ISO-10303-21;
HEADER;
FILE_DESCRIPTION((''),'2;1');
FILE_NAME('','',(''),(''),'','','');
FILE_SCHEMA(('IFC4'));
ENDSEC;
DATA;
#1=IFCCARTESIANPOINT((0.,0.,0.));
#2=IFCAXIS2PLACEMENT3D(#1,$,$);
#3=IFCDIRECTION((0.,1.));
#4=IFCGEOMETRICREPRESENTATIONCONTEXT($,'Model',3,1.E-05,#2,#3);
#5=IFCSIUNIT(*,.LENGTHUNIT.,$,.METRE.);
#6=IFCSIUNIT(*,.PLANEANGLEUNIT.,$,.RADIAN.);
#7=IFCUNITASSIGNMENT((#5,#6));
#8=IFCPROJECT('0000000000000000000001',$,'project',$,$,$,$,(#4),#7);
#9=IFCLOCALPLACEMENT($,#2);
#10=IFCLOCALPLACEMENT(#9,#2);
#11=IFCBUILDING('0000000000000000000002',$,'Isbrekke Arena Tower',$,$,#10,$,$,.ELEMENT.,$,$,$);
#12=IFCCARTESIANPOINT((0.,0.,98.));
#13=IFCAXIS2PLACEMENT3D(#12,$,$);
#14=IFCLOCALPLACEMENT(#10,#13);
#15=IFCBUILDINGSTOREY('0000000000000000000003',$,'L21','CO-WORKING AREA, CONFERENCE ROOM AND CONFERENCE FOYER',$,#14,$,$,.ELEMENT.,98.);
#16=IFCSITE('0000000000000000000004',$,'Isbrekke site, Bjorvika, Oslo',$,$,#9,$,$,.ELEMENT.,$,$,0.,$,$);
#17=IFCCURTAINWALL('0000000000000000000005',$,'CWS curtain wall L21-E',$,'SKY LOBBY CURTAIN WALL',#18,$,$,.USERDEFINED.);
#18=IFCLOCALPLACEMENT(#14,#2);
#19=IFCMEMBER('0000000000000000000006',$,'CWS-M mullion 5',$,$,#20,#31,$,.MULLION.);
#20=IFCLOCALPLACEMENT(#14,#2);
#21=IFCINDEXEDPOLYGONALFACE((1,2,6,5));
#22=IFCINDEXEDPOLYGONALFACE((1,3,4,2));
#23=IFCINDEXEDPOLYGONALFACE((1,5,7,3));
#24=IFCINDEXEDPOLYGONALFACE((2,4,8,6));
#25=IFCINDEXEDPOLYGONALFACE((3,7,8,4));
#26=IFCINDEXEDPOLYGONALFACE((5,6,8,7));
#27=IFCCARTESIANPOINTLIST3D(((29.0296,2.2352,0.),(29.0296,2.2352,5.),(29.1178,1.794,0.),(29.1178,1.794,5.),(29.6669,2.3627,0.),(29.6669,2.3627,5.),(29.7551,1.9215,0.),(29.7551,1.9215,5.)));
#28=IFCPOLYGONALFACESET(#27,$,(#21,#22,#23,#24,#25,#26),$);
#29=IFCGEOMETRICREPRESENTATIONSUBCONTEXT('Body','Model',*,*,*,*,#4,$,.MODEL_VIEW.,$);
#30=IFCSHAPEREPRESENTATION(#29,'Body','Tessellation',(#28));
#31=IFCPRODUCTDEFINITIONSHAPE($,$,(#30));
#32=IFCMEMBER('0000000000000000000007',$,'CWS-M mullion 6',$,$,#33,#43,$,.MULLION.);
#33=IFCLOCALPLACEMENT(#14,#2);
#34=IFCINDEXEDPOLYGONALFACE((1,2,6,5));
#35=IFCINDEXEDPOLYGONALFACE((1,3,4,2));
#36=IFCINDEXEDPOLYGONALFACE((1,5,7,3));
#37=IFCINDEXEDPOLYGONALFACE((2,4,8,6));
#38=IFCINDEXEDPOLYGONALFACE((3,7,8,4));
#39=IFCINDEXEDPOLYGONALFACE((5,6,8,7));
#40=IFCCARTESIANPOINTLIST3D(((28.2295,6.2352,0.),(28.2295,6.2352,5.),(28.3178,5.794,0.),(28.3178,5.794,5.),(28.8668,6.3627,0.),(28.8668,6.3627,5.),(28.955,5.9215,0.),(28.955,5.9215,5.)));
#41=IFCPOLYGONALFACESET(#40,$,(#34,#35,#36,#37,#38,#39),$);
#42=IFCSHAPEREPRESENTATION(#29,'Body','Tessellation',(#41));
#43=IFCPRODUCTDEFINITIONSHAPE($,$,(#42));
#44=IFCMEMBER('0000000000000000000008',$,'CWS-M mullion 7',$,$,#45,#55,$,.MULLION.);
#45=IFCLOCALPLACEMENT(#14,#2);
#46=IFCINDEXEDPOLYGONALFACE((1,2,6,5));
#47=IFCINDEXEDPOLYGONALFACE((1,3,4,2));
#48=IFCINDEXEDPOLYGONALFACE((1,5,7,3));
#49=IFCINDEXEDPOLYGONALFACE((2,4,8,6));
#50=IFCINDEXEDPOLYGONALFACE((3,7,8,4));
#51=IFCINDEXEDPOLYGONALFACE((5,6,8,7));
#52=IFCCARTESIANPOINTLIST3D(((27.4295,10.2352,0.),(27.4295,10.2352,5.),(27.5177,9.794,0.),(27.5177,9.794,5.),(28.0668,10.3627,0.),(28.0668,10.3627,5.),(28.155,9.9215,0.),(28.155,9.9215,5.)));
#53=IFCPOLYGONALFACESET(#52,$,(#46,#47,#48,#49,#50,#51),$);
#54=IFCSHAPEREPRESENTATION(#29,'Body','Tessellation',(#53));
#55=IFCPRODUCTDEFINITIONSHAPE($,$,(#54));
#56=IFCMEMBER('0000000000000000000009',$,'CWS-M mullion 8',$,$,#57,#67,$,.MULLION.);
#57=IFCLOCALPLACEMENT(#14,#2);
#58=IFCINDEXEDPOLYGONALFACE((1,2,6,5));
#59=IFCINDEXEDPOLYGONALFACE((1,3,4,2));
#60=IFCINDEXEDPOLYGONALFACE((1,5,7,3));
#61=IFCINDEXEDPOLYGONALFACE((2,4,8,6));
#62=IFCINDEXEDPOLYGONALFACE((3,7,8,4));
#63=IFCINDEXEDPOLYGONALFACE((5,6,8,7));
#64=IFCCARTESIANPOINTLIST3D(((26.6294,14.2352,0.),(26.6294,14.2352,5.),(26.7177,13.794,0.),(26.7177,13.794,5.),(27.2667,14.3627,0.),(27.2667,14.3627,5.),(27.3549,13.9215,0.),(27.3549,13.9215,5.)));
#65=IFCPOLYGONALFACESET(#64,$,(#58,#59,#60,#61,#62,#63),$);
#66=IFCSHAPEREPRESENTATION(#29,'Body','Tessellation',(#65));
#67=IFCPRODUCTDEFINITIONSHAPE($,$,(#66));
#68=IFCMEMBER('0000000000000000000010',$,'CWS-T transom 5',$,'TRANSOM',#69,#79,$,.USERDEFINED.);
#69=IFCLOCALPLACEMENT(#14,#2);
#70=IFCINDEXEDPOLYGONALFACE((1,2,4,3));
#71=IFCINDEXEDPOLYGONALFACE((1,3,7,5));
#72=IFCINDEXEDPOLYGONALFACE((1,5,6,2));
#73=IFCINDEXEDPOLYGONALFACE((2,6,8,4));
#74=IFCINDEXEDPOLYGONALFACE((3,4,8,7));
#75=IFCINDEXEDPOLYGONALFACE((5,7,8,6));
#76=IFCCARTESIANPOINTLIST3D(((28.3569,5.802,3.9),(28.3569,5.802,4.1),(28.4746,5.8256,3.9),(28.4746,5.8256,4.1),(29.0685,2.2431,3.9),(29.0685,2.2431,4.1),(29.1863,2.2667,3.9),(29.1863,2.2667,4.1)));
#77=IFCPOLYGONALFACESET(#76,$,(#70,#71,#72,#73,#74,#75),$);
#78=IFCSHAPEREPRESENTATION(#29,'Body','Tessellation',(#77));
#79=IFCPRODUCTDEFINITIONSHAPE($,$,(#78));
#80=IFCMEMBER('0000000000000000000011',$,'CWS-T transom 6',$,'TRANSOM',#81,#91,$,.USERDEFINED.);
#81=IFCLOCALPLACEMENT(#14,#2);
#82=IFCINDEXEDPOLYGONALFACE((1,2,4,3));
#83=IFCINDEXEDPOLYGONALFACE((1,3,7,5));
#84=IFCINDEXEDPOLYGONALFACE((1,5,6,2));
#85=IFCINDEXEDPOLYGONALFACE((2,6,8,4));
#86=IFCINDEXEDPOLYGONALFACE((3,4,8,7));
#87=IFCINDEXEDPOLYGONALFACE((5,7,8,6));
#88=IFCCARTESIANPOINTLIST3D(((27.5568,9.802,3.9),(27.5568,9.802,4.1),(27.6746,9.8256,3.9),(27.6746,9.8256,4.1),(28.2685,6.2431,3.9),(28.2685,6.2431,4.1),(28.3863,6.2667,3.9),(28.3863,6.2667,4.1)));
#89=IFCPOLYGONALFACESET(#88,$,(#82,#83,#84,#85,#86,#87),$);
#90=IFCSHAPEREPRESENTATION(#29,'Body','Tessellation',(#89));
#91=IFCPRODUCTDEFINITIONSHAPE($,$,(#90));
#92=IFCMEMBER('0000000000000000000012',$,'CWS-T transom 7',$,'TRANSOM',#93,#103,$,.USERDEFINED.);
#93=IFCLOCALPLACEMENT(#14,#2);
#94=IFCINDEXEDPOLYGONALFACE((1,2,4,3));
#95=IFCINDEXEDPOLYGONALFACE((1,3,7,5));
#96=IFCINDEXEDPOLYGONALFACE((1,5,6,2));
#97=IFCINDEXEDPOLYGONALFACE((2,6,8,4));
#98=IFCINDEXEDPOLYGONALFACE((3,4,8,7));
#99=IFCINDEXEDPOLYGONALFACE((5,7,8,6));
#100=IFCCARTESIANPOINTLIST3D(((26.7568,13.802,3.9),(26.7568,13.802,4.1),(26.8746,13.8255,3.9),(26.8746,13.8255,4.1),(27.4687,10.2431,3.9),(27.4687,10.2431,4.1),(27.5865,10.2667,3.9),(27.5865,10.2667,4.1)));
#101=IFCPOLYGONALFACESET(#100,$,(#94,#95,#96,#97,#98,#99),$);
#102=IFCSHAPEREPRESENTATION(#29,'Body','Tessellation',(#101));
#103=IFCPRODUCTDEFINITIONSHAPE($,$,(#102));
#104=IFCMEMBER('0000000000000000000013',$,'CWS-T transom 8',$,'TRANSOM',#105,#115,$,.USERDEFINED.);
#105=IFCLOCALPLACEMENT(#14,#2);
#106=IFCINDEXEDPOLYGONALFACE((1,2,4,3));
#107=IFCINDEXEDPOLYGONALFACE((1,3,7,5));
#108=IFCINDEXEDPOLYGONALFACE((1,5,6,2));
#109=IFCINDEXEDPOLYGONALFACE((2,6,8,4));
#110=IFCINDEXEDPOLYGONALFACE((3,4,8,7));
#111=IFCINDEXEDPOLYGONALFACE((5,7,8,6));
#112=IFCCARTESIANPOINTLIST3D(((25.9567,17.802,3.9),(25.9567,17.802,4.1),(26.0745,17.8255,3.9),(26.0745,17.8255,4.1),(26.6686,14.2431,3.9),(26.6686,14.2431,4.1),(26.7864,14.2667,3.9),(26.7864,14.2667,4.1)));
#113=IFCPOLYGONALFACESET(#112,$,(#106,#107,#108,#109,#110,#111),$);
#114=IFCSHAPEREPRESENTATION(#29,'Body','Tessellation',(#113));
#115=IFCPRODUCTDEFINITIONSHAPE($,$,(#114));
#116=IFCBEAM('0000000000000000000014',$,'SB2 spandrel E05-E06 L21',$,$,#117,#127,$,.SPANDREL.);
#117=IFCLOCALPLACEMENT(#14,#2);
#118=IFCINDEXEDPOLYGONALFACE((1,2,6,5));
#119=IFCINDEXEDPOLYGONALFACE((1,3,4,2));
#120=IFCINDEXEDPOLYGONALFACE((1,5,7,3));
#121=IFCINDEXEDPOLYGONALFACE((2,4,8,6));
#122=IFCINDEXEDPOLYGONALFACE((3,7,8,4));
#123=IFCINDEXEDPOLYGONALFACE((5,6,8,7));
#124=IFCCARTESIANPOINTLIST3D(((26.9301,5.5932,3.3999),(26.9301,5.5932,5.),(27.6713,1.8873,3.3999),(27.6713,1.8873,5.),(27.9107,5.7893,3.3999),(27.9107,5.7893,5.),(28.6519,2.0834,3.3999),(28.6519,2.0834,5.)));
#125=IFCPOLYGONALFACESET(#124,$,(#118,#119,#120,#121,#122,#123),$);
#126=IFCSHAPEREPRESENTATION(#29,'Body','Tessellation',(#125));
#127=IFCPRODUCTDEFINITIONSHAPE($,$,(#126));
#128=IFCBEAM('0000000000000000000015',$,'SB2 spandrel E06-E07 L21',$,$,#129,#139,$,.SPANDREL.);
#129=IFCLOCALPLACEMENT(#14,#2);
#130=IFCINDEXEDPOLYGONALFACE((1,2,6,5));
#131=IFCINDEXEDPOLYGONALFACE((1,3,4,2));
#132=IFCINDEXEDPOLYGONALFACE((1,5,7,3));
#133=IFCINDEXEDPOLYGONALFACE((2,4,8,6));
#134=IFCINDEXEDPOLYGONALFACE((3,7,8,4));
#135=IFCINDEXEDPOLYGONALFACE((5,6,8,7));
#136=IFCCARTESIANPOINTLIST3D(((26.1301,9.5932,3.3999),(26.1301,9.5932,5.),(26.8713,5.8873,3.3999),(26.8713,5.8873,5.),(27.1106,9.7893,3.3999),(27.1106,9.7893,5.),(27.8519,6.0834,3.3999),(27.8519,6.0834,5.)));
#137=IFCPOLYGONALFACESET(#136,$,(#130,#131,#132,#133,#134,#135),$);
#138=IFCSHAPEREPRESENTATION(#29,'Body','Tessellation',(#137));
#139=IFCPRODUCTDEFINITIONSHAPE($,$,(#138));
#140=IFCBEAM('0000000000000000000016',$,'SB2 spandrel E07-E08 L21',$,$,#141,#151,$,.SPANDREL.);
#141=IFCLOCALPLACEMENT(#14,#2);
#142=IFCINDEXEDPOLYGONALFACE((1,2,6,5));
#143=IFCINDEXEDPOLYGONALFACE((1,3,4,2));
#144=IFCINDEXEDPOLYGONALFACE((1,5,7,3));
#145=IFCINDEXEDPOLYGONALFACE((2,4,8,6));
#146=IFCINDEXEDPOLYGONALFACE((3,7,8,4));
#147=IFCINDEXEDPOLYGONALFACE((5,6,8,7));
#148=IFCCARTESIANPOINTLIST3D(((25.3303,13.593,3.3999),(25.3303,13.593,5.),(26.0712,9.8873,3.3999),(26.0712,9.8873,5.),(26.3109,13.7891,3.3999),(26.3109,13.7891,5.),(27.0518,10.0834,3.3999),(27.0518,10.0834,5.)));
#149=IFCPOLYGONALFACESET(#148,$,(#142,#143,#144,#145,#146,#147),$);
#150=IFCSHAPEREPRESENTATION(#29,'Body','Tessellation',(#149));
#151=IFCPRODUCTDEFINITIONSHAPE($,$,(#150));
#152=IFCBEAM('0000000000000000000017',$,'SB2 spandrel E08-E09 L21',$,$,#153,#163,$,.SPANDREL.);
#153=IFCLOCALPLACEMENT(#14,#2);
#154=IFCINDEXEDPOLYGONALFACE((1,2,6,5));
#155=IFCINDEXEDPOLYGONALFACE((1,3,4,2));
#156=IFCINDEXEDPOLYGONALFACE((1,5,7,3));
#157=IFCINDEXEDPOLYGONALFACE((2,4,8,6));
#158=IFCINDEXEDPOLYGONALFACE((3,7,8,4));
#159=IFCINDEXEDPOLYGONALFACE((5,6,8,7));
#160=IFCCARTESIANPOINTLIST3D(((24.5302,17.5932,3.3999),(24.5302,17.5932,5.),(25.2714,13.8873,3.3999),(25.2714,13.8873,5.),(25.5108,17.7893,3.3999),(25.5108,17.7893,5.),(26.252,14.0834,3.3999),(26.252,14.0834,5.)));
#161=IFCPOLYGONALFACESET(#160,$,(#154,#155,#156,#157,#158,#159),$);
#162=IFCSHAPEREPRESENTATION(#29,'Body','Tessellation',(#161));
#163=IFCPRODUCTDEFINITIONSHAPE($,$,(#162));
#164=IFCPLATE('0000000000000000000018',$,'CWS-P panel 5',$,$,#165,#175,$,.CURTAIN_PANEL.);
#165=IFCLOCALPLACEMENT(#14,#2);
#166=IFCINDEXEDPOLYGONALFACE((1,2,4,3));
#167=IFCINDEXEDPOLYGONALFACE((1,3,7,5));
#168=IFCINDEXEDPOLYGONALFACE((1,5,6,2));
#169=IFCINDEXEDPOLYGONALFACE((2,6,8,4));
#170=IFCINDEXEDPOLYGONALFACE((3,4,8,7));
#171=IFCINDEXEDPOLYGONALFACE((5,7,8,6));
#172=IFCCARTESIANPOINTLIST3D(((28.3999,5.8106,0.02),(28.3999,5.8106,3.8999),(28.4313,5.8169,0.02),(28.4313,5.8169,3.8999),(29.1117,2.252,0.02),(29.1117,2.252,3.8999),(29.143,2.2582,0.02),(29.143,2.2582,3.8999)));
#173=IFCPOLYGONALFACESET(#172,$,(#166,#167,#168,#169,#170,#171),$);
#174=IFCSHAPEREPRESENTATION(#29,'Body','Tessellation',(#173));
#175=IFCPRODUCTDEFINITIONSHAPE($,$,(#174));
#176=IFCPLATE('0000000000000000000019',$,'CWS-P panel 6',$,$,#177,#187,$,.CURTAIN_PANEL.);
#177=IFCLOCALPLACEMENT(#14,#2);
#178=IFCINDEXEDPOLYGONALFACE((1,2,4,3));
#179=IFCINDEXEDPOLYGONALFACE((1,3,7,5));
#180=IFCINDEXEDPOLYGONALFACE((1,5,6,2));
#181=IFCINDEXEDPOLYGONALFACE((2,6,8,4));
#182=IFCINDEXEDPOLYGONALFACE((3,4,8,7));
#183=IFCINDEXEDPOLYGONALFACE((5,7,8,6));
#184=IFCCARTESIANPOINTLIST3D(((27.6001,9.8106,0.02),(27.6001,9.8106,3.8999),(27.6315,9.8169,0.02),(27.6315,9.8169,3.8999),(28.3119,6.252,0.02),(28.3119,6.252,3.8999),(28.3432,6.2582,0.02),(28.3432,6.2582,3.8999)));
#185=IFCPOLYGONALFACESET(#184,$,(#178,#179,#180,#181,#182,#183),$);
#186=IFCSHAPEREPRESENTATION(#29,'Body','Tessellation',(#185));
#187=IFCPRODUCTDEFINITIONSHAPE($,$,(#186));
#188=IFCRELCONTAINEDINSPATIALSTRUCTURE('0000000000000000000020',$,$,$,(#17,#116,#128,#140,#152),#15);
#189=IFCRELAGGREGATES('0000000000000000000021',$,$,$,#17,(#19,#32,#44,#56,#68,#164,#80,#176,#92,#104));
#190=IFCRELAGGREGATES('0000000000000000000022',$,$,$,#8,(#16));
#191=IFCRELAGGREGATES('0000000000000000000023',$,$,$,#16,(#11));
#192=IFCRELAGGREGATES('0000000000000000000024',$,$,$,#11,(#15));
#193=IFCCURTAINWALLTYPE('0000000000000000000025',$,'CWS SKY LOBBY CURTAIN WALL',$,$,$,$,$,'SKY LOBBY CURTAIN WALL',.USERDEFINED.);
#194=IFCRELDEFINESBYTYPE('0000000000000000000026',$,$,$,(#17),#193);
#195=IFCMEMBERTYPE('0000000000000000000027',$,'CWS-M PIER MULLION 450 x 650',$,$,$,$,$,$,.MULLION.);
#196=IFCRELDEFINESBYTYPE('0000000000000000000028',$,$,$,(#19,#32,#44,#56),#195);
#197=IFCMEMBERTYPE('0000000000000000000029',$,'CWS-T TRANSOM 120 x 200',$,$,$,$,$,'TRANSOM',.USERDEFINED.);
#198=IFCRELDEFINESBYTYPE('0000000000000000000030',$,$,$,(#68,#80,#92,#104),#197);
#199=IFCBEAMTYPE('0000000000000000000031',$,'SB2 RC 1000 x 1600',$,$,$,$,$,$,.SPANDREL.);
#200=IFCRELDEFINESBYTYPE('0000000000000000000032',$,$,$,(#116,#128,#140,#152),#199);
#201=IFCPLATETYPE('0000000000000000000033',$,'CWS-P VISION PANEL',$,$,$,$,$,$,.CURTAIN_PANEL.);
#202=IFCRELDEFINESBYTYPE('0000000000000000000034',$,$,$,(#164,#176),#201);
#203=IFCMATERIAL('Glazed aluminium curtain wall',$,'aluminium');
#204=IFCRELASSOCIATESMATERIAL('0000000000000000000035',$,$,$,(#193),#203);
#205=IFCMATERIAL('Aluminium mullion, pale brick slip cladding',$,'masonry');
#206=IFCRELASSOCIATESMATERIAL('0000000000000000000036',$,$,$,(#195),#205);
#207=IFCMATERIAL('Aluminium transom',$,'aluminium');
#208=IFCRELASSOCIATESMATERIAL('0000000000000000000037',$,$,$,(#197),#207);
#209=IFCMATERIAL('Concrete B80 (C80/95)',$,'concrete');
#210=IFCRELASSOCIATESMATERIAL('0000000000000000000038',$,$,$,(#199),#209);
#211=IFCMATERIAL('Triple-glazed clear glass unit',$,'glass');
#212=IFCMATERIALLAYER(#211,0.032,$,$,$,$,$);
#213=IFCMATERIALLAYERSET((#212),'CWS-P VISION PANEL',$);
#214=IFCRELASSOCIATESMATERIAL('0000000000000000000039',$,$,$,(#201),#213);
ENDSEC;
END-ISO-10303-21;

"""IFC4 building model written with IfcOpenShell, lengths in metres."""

from ifc_helpers import new_model, si_unit, direction, frame, origin, origin_2d, place, context, subcontext, project, spatial, rectangle, extrude, material, layer, layer_set, material_profile, profile_set, type_object, element, aggregate, save


model = new_model("IFC4")

# Units and contexts
model_context = context("Model", 3, precision=1e-05, world=origin(), true_north=direction((0.0, 1.0)))
body_context = subcontext(model_context, "Body", "Model", "MODEL_VIEW")
ifc_project = project(units=[si_unit("LENGTHUNIT", "METRE"), si_unit("PLANEANGLEUNIT", "RADIAN")], contexts=[model_context])

# Site, building, storey
site_placement = place(None, origin())
site = spatial("IfcSite", under=ifc_project, at=site_placement, Name="Isbrekke site, Bjorvika, Oslo", CompositionType="ELEMENT", RefElevation=0.0)
building_placement = place(site_placement, origin())
building = spatial("IfcBuilding", under=site, at=building_placement, Name="Isbrekke Arena Tower", CompositionType="ELEMENT")
storey_placement = place(building_placement, frame((0.0, 0.0, 98.0)))
storey = spatial("IfcBuildingStorey", under=building, at=storey_placement, Name="L21", Description="CO-WORKING AREA, CONFERENCE ROOM AND CONFERENCE FOYER", CompositionType="ELEMENT", Elevation=98.0)

# Curtain wall, members
ifc_material_1 = material(Name="Glazed aluminium curtain wall", Category="aluminium")
curtain_wall_type = type_object("IfcCurtainWallType", Name="CWS SKY LOBBY CURTAIN WALL", ElementType="SKY LOBBY CURTAIN WALL", PredefinedType="USERDEFINED", material=ifc_material_1)
curtain_wall_placement = place(storey_placement, origin())
curtain_wall = element("IfcCurtainWall", 1, at=curtain_wall_placement, inside=storey, type_object=curtain_wall_type, Name="CWS curtain wall L21-E", ObjectType="SKY LOBBY CURTAIN WALL", PredefinedType="USERDEFINED")
ifc_material_2 = material(Name="Aluminium mullion, pale brick slip cladding", Category="masonry")
ifc_material_profile_1 = material_profile(ifc_material_2, rectangle(XDim=0.45, YDim=0.6499, at=origin_2d()), Name="PIER 450X650")
ifc_profile_set_1 = profile_set([ifc_material_profile_1], Name="Aluminium mullion, pale brick slip cladding")
member_type_1 = type_object("IfcMemberType", Name="CWS-M PIER MULLION 450 x 650", PredefinedType="MULLION", material=ifc_profile_set_1)
member_1_placement = place(storey_placement, frame((29.3923, 2.0784, 0.0), z_axis=(0.0, 0.0, 1.0), x_axis=(-0.196116, 0.980581, 0.0)))
member_1 = element("IfcMember", 2, at=member_1_placement, type_object=member_type_1, Name="CWS-M mullion 5", PredefinedType="MULLION", context=body_context, shape_type="SweptSolid", body=[
    extrude(rectangle(XDim=0.45, YDim=0.6499, at=origin_2d()), origin(), (0.0, 0.0, 1.0), 5.0),
])
member_2_placement = place(storey_placement, frame((28.5923, 6.0784, 0.0), z_axis=(0.0, 0.0, 1.0), x_axis=(-0.196116, 0.980581, 0.0)))
member_2 = element("IfcMember", 3, at=member_2_placement, type_object=member_type_1, Name="CWS-M mullion 6", PredefinedType="MULLION", context=body_context, shape_type="SweptSolid", body=[
    extrude(rectangle(XDim=0.45, YDim=0.6499, at=origin_2d()), origin(), (0.0, 0.0, 1.0), 5.0),
])
member_3_placement = place(storey_placement, frame((27.7922, 10.0784, 0.0), z_axis=(0.0, 0.0, 1.0), x_axis=(-0.196116, 0.980581, 0.0)))
member_3 = element("IfcMember", 4, at=member_3_placement, type_object=member_type_1, Name="CWS-M mullion 7", PredefinedType="MULLION", context=body_context, shape_type="SweptSolid", body=[
    extrude(rectangle(XDim=0.45, YDim=0.6499, at=origin_2d()), origin(), (0.0, 0.0, 1.0), 5.0),
])
member_4_placement = place(storey_placement, frame((26.9922, 14.0784, 0.0), z_axis=(0.0, 0.0, 1.0), x_axis=(-0.196116, 0.980581, 0.0)))
member_4 = element("IfcMember", 5, at=member_4_placement, type_object=member_type_1, Name="CWS-M mullion 8", PredefinedType="MULLION", context=body_context, shape_type="SweptSolid", body=[
    extrude(rectangle(XDim=0.45, YDim=0.6499, at=origin_2d()), origin(), (0.0, 0.0, 1.0), 5.0),
])
ifc_material_3 = material(Name="Aluminium transom", Category="aluminium")
ifc_material_profile_2 = material_profile(ifc_material_3, rectangle(XDim=0.1201, YDim=0.2, at=origin_2d()), Name="TRANSOM 120X200")
ifc_profile_set_2 = profile_set([ifc_material_profile_2], Name="Aluminium transom")
member_type_2 = type_object("IfcMemberType", Name="CWS-T TRANSOM 120 x 200", ElementType="TRANSOM", PredefinedType="USERDEFINED", material=ifc_profile_set_2)
member_5_placement = place(storey_placement, frame((29.1274, 2.2549, 4.0), z_axis=(-0.19609, 0.980586, 0.0), x_axis=(-0.980586, -0.19609, 0.0)))
member_5 = element("IfcMember", 6, at=member_5_placement, type_object=member_type_2, Name="CWS-T transom 5", ObjectType="TRANSOM", PredefinedType="USERDEFINED", context=body_context, shape_type="SweptSolid", body=[
    extrude(rectangle(XDim=0.1201, YDim=0.2, at=origin_2d()), origin(), (0.0, 0.0, 1.0), 3.6294),
])
member_6_placement = place(storey_placement, frame((28.3274, 6.2549, 4.0), z_axis=(-0.19609, 0.980586, 0.0), x_axis=(-0.980586, -0.19609, 0.0)))
member_6 = element("IfcMember", 7, at=member_6_placement, type_object=member_type_2, Name="CWS-T transom 6", ObjectType="TRANSOM", PredefinedType="USERDEFINED", context=body_context, shape_type="SweptSolid", body=[
    extrude(rectangle(XDim=0.1201, YDim=0.2, at=origin_2d()), origin(), (0.0, 0.0, 1.0), 3.6294),
])
member_7_placement = place(storey_placement, frame((27.5276, 10.2549, 4.0), z_axis=(-0.196155, 0.980573, 0.0), x_axis=(-0.980573, -0.196155, 0.0)))
member_7 = element("IfcMember", 8, at=member_7_placement, type_object=member_type_2, Name="CWS-T transom 7", ObjectType="TRANSOM", PredefinedType="USERDEFINED", context=body_context, shape_type="SweptSolid", body=[
    extrude(rectangle(XDim=0.1201, YDim=0.2, at=origin_2d()), origin(), (0.0, 0.0, 1.0), 3.6294),
])
member_8_placement = place(storey_placement, frame((26.7275, 14.2549, 4.0), z_axis=(-0.196155, 0.980573, 0.0), x_axis=(-0.980573, -0.196155, 0.0)))
member_8 = element("IfcMember", 9, at=member_8_placement, type_object=member_type_2, Name="CWS-T transom 8", ObjectType="TRANSOM", PredefinedType="USERDEFINED", context=body_context, shape_type="SweptSolid", body=[
    extrude(rectangle(XDim=0.1201, YDim=0.2, at=origin_2d()), origin(), (0.0, 0.0, 1.0), 3.6294),
])

# Beams
ifc_material_4 = material(Name="Concrete B80 (C80/95)", Category="concrete")
ifc_material_profile_3 = material_profile(ifc_material_4, rectangle(XDim=1.0, YDim=1.6001, at=origin_2d()), Name="RC 1000x1600")
ifc_profile_set_3 = profile_set([ifc_material_profile_3], Name="Concrete B80 (C80/95)")
beam_type_1 = type_object("IfcBeamType", Name="SB2 RC 1000 x 1600", PredefinedType="SPANDREL", material=ifc_profile_set_3)
for number, where, z_axis, x_axis, name in (
    (10, (28.1616, 1.9854, 4.2), (-0.196129, 0.980578, 0.0), (-0.980578, -0.196129, 0.0), "SB2 spandrel E05-E06 L21"),
    (11, (27.3616, 5.9854, 4.2), (-0.196129, 0.980578, 0.0), (-0.980578, -0.196129, 0.0), "SB2 spandrel E06-E07 L21"),
):
    element("IfcBeam", number, at=place(storey_placement, frame(where, z_axis=z_axis, x_axis=x_axis)), inside=storey, type_object=beam_type_1, Name=name, PredefinedType="SPANDREL", context=body_context, shape_type="SweptSolid", body=[
        extrude(rectangle(XDim=1.0, YDim=1.6001, at=origin_2d()), origin(), (0.0, 0.0, 1.0), 3.7793),
    ])
beam_1_placement = place(storey_placement, frame((26.5615, 9.9854, 4.2), z_axis=(-0.196066, 0.980591, 0.0), x_axis=(-0.980591, -0.196066, 0.0)))
element("IfcBeam", 12, at=beam_1_placement, inside=storey, type_object=beam_type_1, Name="SB2 spandrel E07-E08 L21", PredefinedType="SPANDREL", context=body_context, shape_type="SweptSolid", body=[
    extrude(rectangle(XDim=1.0, YDim=1.6001, at=origin_2d()), origin(), (0.0, 0.0, 1.0), 3.7791),
])
beam_2_placement = place(storey_placement, frame((25.7617, 13.9854, 4.2), z_axis=(-0.196129, 0.980578, 0.0), x_axis=(-0.980578, -0.196129, 0.0)))
element("IfcBeam", 13, at=beam_2_placement, inside=storey, type_object=beam_type_1, Name="SB2 spandrel E08-E09 L21", PredefinedType="SPANDREL", context=body_context, shape_type="SweptSolid", body=[
    extrude(rectangle(XDim=1.0, YDim=1.6001, at=origin_2d()), origin(), (0.0, 0.0, 1.0), 3.7793),
])

# Plates
ifc_material_5 = material(Name="Triple-glazed clear glass unit", Category="glass")
ifc_layer_1 = layer(ifc_material_5, 0.032)
ifc_layer_set_1 = layer_set([ifc_layer_1], Name="CWS-P VISION PANEL")
plate_type = type_object("IfcPlateType", Name="CWS-P VISION PANEL", PredefinedType="CURTAIN_PANEL", material=ifc_layer_set_1)
plate_1_placement = place(storey_placement, frame((28.7715, 4.0344, 0.02), z_axis=(0.0, 0.0, 1.0), x_axis=(-0.196116, 0.980581, 0.0)))
plate_1 = element("IfcPlate", 14, at=plate_1_placement, type_object=plate_type, Name="CWS-P panel 5", PredefinedType="CURTAIN_PANEL", context=body_context, shape_type="SweptSolid", body=[
    extrude(rectangle(XDim=3.6292, YDim=0.032, at=origin_2d()), origin(), (0.0, 0.0, 1.0), 3.8799),
])
plate_2_placement = place(storey_placement, frame((27.9717, 8.0344, 0.02), z_axis=(0.0, 0.0, 1.0), x_axis=(-0.196116, 0.980581, 0.0)))
plate_2 = element("IfcPlate", 15, at=plate_2_placement, type_object=plate_type, Name="CWS-P panel 6", PredefinedType="CURTAIN_PANEL", context=body_context, shape_type="SweptSolid", body=[
    extrude(rectangle(XDim=3.6292, YDim=0.032, at=origin_2d()), origin(), (0.0, 0.0, 1.0), 3.8799),
])
aggregate(curtain_wall, [member_1, member_2, member_3, member_4, member_5, plate_1, member_6, plate_2, member_7, member_8])

save(model, "model.ifc")
